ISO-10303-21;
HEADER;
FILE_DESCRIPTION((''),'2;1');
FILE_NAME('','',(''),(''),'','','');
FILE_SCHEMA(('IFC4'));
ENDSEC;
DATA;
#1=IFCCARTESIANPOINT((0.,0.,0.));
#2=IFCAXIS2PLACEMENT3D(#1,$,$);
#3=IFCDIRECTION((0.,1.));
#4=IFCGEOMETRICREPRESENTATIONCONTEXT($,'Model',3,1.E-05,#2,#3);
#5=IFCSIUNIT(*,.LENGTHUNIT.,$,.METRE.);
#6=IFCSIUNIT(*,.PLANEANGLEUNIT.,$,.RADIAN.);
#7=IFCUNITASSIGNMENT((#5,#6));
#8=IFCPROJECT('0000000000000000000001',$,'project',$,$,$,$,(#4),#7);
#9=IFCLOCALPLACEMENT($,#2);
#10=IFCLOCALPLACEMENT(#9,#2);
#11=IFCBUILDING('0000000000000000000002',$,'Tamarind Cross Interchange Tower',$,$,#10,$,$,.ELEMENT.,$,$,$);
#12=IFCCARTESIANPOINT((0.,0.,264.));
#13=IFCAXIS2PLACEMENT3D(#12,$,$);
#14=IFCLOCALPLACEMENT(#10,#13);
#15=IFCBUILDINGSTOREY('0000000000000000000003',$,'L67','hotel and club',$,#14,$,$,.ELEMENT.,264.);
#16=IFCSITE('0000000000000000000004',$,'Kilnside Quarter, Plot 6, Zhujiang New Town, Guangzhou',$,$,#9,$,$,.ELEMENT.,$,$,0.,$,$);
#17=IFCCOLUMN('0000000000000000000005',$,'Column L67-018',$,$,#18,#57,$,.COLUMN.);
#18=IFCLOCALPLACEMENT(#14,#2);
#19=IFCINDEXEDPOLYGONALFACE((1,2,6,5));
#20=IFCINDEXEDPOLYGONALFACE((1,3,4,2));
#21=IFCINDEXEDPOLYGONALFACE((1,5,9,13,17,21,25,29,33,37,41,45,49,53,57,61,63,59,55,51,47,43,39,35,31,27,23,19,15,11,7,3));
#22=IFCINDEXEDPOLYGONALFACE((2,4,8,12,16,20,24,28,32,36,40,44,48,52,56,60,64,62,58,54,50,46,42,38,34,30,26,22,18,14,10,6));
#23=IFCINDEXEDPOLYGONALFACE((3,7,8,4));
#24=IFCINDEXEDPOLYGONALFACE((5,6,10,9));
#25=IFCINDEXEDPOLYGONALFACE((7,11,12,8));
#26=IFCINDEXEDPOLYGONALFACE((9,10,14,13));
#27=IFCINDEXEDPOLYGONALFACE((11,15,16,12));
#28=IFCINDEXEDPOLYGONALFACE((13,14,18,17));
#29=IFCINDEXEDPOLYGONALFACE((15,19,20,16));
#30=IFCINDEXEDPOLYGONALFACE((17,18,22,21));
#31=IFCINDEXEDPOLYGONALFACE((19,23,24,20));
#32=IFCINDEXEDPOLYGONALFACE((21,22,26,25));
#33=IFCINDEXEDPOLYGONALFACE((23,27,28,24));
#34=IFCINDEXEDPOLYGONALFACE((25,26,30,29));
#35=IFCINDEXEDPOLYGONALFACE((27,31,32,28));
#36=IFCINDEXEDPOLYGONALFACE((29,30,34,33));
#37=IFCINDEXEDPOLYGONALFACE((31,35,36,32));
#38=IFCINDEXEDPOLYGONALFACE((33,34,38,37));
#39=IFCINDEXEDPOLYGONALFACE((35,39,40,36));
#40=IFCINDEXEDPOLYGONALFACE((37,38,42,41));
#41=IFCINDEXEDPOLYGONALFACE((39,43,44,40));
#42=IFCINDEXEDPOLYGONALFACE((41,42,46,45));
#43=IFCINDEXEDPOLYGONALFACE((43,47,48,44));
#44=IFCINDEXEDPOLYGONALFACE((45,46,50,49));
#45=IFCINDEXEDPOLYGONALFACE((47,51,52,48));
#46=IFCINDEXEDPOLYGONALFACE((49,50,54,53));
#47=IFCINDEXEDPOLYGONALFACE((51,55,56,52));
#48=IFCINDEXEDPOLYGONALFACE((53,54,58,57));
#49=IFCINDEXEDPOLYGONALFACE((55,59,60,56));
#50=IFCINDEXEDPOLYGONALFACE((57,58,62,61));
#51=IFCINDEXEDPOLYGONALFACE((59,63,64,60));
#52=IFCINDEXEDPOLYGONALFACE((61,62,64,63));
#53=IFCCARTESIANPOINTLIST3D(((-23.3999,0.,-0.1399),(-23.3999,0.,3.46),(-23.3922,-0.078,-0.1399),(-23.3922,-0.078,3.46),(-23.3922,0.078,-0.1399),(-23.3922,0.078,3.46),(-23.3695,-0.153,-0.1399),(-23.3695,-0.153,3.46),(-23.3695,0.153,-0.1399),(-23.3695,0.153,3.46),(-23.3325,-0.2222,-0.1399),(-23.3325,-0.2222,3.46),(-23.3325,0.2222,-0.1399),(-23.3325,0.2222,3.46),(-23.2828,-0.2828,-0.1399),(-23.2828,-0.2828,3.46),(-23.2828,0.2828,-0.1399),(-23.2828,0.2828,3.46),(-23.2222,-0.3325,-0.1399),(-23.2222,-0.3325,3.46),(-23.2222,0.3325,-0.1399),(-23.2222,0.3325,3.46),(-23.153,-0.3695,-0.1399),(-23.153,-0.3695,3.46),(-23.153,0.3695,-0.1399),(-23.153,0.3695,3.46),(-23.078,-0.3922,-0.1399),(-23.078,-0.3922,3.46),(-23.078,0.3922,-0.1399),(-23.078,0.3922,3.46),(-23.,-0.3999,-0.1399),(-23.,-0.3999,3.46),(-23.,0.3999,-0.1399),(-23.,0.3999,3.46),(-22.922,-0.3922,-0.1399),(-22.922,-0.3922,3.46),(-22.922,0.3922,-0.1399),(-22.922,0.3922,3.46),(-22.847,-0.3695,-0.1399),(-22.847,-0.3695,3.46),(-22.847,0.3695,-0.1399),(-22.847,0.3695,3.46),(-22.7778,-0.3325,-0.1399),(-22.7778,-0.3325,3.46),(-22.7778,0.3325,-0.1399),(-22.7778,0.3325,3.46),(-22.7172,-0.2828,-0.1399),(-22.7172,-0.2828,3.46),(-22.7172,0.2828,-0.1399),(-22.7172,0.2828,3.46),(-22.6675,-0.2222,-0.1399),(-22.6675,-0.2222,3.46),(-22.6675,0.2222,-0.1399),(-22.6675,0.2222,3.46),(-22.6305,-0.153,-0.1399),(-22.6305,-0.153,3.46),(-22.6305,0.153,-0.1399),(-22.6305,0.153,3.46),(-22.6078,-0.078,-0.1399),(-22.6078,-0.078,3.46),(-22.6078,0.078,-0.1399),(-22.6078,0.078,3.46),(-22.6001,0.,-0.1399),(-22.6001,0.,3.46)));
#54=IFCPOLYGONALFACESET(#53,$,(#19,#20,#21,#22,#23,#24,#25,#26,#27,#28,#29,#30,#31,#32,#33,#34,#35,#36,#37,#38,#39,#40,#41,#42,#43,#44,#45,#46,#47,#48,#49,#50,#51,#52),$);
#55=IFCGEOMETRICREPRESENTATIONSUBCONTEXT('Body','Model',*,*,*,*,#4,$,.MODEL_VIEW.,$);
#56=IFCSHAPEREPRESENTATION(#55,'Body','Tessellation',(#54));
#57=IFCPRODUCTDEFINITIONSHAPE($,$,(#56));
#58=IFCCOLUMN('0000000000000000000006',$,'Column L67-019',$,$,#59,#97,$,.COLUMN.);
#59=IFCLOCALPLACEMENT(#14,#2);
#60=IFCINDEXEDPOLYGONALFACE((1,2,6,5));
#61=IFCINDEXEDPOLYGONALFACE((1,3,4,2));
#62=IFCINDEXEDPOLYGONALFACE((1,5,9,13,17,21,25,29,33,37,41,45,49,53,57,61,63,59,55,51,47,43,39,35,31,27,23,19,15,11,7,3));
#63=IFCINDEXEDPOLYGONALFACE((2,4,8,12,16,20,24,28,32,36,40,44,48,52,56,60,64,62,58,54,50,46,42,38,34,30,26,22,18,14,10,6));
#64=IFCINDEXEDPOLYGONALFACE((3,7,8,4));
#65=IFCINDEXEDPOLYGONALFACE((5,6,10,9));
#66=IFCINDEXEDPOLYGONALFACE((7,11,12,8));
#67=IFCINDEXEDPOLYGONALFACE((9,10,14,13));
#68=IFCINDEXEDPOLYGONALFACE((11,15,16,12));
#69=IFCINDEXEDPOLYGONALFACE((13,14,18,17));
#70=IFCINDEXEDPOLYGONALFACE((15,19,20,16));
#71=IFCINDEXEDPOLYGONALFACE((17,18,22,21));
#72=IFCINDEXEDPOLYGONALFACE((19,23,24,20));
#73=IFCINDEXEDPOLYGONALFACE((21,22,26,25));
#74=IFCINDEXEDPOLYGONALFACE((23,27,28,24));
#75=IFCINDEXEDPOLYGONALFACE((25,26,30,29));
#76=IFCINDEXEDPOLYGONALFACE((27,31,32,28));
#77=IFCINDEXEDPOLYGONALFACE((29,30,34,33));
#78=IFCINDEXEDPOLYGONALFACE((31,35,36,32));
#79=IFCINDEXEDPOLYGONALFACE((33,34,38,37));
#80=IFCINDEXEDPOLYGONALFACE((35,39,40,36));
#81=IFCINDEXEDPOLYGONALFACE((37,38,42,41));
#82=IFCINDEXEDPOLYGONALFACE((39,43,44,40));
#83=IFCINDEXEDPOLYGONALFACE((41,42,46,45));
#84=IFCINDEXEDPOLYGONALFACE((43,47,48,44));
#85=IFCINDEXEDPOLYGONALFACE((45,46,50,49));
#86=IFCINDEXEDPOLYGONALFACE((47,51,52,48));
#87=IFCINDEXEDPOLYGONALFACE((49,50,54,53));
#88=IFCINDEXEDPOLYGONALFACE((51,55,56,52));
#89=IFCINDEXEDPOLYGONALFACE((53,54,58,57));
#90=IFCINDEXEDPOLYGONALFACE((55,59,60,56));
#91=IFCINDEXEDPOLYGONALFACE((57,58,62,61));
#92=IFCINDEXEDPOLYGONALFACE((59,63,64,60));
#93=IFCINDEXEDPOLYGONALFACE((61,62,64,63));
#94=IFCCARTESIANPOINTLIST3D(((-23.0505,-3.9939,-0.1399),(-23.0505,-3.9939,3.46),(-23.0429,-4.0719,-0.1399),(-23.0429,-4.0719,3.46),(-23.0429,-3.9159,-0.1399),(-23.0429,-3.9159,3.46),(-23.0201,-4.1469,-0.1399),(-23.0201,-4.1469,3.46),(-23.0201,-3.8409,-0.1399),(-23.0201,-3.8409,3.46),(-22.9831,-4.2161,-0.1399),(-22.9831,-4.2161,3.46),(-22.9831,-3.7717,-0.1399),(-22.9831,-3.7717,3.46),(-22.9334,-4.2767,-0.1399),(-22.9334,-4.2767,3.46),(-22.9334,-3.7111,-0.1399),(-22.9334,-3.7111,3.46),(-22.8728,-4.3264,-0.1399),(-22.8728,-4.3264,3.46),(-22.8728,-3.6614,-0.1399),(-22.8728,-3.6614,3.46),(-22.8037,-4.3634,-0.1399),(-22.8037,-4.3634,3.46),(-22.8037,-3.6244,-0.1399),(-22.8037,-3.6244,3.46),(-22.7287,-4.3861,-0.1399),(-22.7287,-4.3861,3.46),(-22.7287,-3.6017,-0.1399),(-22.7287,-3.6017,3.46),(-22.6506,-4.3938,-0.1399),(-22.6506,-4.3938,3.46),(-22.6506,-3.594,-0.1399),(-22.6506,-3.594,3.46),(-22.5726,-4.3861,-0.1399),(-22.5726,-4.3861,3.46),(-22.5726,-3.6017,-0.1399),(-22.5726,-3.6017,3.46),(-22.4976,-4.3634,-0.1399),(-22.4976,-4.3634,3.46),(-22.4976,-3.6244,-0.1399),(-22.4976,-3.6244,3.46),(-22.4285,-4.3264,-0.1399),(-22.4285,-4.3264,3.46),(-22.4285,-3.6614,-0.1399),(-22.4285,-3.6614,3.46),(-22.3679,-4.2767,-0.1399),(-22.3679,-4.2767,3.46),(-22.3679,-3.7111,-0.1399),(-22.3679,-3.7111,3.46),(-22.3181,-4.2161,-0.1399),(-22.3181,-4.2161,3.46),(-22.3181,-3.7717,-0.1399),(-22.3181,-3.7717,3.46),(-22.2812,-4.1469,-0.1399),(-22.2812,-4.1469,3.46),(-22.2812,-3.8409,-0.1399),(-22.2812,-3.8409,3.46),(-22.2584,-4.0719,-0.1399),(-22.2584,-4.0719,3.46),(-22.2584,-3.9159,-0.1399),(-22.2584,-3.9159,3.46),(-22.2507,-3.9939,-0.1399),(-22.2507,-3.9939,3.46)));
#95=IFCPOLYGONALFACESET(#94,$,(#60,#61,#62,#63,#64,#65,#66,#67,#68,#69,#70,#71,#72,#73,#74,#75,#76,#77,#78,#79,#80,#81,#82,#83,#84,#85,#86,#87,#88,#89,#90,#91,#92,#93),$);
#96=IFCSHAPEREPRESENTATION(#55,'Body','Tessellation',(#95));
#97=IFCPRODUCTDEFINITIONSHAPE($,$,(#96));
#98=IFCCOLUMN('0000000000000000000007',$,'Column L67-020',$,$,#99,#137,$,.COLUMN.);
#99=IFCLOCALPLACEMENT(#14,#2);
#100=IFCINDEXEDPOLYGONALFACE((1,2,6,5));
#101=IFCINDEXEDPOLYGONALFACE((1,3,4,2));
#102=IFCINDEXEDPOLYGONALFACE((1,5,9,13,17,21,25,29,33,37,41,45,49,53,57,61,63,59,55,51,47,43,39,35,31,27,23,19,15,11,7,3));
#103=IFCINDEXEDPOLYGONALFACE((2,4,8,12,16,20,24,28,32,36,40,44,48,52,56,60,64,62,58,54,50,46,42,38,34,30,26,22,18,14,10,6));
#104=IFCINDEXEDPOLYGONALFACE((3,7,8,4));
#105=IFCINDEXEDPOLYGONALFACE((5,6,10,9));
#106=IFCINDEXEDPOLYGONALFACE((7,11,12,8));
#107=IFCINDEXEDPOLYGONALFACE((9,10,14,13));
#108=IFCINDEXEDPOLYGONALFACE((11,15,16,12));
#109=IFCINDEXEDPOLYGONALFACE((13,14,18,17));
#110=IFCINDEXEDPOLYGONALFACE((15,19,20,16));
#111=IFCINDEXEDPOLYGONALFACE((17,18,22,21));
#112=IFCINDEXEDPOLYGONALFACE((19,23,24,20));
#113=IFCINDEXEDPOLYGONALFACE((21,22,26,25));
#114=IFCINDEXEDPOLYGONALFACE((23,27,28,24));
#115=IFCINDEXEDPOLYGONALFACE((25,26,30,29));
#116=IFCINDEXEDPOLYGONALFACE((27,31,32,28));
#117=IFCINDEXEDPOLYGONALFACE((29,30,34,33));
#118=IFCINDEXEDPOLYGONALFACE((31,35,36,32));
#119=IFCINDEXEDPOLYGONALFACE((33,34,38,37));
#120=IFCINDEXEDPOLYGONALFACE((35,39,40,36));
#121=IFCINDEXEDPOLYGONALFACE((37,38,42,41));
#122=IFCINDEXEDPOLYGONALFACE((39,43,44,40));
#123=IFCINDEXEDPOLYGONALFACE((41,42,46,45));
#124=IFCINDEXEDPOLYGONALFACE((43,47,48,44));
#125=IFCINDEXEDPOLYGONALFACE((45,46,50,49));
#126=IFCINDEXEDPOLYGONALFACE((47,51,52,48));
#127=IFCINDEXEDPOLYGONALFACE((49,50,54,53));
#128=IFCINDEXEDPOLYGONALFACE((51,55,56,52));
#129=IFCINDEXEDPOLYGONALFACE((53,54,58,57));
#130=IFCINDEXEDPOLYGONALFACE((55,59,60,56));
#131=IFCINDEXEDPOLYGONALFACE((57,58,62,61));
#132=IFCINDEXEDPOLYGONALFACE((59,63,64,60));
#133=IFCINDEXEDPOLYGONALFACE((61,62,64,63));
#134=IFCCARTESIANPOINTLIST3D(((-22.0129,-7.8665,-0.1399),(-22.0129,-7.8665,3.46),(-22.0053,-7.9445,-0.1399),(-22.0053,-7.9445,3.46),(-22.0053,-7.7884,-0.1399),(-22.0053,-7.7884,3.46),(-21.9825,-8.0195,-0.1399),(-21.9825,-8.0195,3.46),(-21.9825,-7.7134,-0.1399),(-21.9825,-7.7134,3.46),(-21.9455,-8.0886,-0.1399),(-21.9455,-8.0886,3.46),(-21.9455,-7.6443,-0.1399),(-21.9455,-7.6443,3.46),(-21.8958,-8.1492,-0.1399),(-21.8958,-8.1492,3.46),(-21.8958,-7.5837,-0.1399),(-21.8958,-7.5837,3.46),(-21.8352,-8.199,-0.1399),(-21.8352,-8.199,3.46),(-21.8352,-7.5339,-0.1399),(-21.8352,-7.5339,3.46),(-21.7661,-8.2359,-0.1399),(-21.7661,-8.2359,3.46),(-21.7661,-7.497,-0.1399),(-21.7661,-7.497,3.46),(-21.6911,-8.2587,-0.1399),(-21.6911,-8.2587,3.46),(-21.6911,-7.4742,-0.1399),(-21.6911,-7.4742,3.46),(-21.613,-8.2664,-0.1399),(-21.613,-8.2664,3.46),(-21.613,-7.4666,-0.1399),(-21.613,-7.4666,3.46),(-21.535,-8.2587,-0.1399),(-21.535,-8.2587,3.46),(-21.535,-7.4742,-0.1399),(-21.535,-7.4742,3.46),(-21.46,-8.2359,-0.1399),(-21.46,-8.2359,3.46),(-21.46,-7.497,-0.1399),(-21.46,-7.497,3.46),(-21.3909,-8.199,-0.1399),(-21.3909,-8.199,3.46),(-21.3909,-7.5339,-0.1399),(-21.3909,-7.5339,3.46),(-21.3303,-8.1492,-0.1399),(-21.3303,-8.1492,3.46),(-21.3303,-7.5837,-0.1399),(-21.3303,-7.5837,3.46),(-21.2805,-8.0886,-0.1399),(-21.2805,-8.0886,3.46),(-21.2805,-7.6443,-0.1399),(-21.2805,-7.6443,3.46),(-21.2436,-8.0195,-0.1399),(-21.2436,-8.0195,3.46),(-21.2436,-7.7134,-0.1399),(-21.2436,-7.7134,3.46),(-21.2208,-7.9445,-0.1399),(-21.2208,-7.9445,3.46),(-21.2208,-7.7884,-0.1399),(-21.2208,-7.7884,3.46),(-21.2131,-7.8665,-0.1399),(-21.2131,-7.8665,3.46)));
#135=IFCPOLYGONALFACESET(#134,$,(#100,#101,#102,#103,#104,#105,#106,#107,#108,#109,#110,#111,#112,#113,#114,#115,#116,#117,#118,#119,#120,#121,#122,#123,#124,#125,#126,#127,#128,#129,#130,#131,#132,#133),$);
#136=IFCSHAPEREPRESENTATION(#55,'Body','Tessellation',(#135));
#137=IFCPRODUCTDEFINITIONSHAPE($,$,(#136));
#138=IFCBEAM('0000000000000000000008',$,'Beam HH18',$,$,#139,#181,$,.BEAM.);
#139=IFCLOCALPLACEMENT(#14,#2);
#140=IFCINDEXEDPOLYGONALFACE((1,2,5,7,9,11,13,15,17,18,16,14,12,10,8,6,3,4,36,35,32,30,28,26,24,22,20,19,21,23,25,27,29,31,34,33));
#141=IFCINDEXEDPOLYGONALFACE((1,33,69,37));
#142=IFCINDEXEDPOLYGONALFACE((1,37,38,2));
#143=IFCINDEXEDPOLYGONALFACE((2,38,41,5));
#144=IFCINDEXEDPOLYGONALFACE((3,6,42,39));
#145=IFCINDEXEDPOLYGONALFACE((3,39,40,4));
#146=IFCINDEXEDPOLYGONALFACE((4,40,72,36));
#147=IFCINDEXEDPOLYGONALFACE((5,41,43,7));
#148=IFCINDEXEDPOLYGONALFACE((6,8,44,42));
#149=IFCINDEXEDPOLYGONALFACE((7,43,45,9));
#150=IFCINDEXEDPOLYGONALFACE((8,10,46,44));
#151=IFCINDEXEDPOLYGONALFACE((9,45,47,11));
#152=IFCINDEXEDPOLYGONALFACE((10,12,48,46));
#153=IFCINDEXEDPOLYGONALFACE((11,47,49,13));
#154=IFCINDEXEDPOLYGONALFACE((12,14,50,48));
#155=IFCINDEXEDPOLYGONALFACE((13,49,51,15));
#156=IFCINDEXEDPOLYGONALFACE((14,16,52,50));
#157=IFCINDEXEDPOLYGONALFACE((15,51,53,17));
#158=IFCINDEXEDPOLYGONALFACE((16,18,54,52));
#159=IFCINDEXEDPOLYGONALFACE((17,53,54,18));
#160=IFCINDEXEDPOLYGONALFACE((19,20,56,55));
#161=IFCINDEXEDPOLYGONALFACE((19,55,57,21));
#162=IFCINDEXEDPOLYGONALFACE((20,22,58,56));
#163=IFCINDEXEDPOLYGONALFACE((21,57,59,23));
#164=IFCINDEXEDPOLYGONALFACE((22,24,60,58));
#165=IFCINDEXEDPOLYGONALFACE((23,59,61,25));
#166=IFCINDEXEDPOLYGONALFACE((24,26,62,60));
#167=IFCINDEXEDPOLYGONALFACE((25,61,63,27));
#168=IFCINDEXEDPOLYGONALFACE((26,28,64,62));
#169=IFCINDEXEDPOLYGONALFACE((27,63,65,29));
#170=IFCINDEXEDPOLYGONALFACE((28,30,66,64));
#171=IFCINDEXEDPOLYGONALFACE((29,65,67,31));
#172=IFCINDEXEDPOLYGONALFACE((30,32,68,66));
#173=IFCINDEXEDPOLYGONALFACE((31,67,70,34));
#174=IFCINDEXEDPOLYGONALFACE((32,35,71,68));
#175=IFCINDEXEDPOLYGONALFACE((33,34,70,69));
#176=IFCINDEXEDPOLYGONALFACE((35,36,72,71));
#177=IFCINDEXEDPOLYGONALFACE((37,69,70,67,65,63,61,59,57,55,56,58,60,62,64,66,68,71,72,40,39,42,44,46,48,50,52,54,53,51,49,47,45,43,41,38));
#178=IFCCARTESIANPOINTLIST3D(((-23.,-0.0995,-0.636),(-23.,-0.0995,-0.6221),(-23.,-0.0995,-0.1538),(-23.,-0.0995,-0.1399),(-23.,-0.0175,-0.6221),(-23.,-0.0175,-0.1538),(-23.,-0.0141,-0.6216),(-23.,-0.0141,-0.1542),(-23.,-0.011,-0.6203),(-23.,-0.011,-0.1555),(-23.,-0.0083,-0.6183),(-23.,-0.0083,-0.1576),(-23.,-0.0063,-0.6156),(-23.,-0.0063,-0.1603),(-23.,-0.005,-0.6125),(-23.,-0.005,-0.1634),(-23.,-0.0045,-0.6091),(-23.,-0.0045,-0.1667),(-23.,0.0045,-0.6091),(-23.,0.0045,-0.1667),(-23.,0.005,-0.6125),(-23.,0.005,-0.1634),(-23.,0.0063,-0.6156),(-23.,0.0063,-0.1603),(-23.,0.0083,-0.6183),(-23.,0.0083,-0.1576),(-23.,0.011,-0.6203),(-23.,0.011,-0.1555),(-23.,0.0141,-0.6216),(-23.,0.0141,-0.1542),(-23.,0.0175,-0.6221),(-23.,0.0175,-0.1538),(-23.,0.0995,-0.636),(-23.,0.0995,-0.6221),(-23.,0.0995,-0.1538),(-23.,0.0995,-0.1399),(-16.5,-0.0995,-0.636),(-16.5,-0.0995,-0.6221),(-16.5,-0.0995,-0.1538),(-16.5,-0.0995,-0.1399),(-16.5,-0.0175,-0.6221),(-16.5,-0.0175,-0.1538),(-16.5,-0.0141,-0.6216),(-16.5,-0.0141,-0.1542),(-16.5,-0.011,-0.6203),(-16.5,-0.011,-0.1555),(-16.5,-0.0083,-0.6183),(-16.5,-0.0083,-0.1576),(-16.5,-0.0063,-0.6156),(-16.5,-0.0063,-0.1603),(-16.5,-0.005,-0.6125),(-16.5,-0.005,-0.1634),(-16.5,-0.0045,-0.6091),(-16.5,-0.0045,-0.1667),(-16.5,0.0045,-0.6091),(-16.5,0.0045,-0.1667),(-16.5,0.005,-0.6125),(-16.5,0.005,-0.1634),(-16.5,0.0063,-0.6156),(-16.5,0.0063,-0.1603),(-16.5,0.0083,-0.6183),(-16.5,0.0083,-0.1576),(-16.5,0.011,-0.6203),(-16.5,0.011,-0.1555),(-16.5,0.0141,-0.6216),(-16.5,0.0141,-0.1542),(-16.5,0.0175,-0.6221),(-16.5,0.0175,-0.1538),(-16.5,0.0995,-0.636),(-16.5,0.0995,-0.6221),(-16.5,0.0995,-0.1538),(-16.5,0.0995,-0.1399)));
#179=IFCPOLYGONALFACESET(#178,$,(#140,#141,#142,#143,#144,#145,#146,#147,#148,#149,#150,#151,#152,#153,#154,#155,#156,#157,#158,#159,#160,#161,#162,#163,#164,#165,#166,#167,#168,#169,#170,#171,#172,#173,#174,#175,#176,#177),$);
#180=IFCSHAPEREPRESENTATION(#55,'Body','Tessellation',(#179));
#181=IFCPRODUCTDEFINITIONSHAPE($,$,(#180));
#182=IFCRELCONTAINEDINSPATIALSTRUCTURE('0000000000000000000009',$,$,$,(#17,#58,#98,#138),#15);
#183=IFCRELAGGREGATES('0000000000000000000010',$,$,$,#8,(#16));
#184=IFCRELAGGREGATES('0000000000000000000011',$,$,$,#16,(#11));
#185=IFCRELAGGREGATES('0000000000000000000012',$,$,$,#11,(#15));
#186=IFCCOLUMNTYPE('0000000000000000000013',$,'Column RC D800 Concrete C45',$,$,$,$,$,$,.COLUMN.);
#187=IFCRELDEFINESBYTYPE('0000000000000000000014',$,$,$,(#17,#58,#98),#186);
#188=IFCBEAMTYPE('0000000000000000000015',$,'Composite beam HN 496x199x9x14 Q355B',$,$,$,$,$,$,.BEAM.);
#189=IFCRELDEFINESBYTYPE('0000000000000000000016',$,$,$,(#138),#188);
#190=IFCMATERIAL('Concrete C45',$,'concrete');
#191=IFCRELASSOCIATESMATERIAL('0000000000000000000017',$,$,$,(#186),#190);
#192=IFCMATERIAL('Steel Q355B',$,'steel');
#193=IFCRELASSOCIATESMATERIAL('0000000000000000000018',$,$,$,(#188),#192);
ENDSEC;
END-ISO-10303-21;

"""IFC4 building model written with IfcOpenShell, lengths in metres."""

from ifc_helpers import new_model, si_unit, direction, frame, origin, origin_2d, place, context, subcontext, project, spatial, circle, i_section, extrude, material, material_profile, profile_set, type_object, element, save


model = new_model("IFC4")

# Units and contexts
model_context = context("Model", 3, precision=1e-05, world=origin(), true_north=direction((0.0, 1.0)))
body_context = subcontext(model_context, "Body", "Model", "MODEL_VIEW")
ifc_project = project(units=[si_unit("LENGTHUNIT", "METRE"), si_unit("PLANEANGLEUNIT", "RADIAN")], contexts=[model_context])

# Site, building, storey
site_placement = place(None, origin())
site = spatial("IfcSite", under=ifc_project, at=site_placement, Name="Kilnside Quarter, Plot 6, Zhujiang New Town, Guangzhou", CompositionType="ELEMENT", RefElevation=0.0)
building_placement = place(site_placement, origin())
building = spatial("IfcBuilding", under=site, at=building_placement, Name="Tamarind Cross Interchange Tower", CompositionType="ELEMENT")
storey_placement = place(building_placement, frame((0.0, 0.0, 264.0)))
storey = spatial("IfcBuildingStorey", under=building, at=storey_placement, Name="L67", Description="hotel and club", CompositionType="ELEMENT", Elevation=264.0)

# Columns
ifc_material_1 = material(Name="Concrete C45", Category="concrete")
ifc_material_profile_1 = material_profile(ifc_material_1, circle(Radius=0.3999, at=origin_2d()), Name="RC D800")
ifc_profile_set_1 = profile_set([ifc_material_profile_1], Name="Concrete C45")
column_type = type_object("IfcColumnType", Name="Column RC D800 Concrete C45", PredefinedType="COLUMN", material=ifc_profile_set_1)
for number, where, z_axis, x_axis, name in (
    (1, (-23.0, 0.0, -0.1399), (0.0, 0.0, 1.0), (1.0, 0.0, 0.0), "Column L67-018"),
    (2, (-22.6506, -3.9939, -0.1399), (0.0, 0.0, 1.0), (1.0, 0.0, 0.0), "Column L67-019"),
    (3, (-21.613, -7.8665, -0.1399), (0.0, 0.0, 1.0), (1.0, 0.0, 0.0), "Column L67-020"),
):
    element("IfcColumn", number, at=place(storey_placement, frame(where, z_axis=z_axis, x_axis=x_axis)), inside=storey, type_object=column_type, Name=name, PredefinedType="COLUMN", context=body_context, shape_type="SweptSolid", body=[
        extrude(circle(Radius=0.3999, at=origin_2d()), origin(), (0.0, 0.0, 1.0), 3.5999),
    ])

# Beam
ifc_material_2 = material(Name="Steel Q355B", Category="steel")
ifc_material_profile_2 = material_profile(ifc_material_2, i_section(OverallWidth=0.199, OverallDepth=0.4961, WebThickness=0.009, FlangeThickness=0.0139, FilletRadius=0.0129, at=origin_2d()), Name="HN 496x199x9x14")
ifc_profile_set_2 = profile_set([ifc_material_profile_2], Name="Steel Q355B")
beam_type = type_object("IfcBeamType", Name="Composite beam HN 496x199x9x14 Q355B", PredefinedType="BEAM", material=ifc_profile_set_2)
beam_1_placement = place(storey_placement, frame((-23.0, 0.0, -0.3879), z_axis=(1.0, 0.0, 0.0), x_axis=(0.0, 1.0, 0.0)))
element("IfcBeam", 4, at=beam_1_placement, inside=storey, type_object=beam_type, Name="Beam HH18", PredefinedType="BEAM", context=body_context, shape_type="SweptSolid", body=[
    extrude(i_section(OverallWidth=0.199, OverallDepth=0.4961, WebThickness=0.009, FlangeThickness=0.0139, FilletRadius=0.0129, at=origin_2d()), origin(), (0.0, 0.0, 1.0), 6.5),
])

save(model, "model.ifc")
